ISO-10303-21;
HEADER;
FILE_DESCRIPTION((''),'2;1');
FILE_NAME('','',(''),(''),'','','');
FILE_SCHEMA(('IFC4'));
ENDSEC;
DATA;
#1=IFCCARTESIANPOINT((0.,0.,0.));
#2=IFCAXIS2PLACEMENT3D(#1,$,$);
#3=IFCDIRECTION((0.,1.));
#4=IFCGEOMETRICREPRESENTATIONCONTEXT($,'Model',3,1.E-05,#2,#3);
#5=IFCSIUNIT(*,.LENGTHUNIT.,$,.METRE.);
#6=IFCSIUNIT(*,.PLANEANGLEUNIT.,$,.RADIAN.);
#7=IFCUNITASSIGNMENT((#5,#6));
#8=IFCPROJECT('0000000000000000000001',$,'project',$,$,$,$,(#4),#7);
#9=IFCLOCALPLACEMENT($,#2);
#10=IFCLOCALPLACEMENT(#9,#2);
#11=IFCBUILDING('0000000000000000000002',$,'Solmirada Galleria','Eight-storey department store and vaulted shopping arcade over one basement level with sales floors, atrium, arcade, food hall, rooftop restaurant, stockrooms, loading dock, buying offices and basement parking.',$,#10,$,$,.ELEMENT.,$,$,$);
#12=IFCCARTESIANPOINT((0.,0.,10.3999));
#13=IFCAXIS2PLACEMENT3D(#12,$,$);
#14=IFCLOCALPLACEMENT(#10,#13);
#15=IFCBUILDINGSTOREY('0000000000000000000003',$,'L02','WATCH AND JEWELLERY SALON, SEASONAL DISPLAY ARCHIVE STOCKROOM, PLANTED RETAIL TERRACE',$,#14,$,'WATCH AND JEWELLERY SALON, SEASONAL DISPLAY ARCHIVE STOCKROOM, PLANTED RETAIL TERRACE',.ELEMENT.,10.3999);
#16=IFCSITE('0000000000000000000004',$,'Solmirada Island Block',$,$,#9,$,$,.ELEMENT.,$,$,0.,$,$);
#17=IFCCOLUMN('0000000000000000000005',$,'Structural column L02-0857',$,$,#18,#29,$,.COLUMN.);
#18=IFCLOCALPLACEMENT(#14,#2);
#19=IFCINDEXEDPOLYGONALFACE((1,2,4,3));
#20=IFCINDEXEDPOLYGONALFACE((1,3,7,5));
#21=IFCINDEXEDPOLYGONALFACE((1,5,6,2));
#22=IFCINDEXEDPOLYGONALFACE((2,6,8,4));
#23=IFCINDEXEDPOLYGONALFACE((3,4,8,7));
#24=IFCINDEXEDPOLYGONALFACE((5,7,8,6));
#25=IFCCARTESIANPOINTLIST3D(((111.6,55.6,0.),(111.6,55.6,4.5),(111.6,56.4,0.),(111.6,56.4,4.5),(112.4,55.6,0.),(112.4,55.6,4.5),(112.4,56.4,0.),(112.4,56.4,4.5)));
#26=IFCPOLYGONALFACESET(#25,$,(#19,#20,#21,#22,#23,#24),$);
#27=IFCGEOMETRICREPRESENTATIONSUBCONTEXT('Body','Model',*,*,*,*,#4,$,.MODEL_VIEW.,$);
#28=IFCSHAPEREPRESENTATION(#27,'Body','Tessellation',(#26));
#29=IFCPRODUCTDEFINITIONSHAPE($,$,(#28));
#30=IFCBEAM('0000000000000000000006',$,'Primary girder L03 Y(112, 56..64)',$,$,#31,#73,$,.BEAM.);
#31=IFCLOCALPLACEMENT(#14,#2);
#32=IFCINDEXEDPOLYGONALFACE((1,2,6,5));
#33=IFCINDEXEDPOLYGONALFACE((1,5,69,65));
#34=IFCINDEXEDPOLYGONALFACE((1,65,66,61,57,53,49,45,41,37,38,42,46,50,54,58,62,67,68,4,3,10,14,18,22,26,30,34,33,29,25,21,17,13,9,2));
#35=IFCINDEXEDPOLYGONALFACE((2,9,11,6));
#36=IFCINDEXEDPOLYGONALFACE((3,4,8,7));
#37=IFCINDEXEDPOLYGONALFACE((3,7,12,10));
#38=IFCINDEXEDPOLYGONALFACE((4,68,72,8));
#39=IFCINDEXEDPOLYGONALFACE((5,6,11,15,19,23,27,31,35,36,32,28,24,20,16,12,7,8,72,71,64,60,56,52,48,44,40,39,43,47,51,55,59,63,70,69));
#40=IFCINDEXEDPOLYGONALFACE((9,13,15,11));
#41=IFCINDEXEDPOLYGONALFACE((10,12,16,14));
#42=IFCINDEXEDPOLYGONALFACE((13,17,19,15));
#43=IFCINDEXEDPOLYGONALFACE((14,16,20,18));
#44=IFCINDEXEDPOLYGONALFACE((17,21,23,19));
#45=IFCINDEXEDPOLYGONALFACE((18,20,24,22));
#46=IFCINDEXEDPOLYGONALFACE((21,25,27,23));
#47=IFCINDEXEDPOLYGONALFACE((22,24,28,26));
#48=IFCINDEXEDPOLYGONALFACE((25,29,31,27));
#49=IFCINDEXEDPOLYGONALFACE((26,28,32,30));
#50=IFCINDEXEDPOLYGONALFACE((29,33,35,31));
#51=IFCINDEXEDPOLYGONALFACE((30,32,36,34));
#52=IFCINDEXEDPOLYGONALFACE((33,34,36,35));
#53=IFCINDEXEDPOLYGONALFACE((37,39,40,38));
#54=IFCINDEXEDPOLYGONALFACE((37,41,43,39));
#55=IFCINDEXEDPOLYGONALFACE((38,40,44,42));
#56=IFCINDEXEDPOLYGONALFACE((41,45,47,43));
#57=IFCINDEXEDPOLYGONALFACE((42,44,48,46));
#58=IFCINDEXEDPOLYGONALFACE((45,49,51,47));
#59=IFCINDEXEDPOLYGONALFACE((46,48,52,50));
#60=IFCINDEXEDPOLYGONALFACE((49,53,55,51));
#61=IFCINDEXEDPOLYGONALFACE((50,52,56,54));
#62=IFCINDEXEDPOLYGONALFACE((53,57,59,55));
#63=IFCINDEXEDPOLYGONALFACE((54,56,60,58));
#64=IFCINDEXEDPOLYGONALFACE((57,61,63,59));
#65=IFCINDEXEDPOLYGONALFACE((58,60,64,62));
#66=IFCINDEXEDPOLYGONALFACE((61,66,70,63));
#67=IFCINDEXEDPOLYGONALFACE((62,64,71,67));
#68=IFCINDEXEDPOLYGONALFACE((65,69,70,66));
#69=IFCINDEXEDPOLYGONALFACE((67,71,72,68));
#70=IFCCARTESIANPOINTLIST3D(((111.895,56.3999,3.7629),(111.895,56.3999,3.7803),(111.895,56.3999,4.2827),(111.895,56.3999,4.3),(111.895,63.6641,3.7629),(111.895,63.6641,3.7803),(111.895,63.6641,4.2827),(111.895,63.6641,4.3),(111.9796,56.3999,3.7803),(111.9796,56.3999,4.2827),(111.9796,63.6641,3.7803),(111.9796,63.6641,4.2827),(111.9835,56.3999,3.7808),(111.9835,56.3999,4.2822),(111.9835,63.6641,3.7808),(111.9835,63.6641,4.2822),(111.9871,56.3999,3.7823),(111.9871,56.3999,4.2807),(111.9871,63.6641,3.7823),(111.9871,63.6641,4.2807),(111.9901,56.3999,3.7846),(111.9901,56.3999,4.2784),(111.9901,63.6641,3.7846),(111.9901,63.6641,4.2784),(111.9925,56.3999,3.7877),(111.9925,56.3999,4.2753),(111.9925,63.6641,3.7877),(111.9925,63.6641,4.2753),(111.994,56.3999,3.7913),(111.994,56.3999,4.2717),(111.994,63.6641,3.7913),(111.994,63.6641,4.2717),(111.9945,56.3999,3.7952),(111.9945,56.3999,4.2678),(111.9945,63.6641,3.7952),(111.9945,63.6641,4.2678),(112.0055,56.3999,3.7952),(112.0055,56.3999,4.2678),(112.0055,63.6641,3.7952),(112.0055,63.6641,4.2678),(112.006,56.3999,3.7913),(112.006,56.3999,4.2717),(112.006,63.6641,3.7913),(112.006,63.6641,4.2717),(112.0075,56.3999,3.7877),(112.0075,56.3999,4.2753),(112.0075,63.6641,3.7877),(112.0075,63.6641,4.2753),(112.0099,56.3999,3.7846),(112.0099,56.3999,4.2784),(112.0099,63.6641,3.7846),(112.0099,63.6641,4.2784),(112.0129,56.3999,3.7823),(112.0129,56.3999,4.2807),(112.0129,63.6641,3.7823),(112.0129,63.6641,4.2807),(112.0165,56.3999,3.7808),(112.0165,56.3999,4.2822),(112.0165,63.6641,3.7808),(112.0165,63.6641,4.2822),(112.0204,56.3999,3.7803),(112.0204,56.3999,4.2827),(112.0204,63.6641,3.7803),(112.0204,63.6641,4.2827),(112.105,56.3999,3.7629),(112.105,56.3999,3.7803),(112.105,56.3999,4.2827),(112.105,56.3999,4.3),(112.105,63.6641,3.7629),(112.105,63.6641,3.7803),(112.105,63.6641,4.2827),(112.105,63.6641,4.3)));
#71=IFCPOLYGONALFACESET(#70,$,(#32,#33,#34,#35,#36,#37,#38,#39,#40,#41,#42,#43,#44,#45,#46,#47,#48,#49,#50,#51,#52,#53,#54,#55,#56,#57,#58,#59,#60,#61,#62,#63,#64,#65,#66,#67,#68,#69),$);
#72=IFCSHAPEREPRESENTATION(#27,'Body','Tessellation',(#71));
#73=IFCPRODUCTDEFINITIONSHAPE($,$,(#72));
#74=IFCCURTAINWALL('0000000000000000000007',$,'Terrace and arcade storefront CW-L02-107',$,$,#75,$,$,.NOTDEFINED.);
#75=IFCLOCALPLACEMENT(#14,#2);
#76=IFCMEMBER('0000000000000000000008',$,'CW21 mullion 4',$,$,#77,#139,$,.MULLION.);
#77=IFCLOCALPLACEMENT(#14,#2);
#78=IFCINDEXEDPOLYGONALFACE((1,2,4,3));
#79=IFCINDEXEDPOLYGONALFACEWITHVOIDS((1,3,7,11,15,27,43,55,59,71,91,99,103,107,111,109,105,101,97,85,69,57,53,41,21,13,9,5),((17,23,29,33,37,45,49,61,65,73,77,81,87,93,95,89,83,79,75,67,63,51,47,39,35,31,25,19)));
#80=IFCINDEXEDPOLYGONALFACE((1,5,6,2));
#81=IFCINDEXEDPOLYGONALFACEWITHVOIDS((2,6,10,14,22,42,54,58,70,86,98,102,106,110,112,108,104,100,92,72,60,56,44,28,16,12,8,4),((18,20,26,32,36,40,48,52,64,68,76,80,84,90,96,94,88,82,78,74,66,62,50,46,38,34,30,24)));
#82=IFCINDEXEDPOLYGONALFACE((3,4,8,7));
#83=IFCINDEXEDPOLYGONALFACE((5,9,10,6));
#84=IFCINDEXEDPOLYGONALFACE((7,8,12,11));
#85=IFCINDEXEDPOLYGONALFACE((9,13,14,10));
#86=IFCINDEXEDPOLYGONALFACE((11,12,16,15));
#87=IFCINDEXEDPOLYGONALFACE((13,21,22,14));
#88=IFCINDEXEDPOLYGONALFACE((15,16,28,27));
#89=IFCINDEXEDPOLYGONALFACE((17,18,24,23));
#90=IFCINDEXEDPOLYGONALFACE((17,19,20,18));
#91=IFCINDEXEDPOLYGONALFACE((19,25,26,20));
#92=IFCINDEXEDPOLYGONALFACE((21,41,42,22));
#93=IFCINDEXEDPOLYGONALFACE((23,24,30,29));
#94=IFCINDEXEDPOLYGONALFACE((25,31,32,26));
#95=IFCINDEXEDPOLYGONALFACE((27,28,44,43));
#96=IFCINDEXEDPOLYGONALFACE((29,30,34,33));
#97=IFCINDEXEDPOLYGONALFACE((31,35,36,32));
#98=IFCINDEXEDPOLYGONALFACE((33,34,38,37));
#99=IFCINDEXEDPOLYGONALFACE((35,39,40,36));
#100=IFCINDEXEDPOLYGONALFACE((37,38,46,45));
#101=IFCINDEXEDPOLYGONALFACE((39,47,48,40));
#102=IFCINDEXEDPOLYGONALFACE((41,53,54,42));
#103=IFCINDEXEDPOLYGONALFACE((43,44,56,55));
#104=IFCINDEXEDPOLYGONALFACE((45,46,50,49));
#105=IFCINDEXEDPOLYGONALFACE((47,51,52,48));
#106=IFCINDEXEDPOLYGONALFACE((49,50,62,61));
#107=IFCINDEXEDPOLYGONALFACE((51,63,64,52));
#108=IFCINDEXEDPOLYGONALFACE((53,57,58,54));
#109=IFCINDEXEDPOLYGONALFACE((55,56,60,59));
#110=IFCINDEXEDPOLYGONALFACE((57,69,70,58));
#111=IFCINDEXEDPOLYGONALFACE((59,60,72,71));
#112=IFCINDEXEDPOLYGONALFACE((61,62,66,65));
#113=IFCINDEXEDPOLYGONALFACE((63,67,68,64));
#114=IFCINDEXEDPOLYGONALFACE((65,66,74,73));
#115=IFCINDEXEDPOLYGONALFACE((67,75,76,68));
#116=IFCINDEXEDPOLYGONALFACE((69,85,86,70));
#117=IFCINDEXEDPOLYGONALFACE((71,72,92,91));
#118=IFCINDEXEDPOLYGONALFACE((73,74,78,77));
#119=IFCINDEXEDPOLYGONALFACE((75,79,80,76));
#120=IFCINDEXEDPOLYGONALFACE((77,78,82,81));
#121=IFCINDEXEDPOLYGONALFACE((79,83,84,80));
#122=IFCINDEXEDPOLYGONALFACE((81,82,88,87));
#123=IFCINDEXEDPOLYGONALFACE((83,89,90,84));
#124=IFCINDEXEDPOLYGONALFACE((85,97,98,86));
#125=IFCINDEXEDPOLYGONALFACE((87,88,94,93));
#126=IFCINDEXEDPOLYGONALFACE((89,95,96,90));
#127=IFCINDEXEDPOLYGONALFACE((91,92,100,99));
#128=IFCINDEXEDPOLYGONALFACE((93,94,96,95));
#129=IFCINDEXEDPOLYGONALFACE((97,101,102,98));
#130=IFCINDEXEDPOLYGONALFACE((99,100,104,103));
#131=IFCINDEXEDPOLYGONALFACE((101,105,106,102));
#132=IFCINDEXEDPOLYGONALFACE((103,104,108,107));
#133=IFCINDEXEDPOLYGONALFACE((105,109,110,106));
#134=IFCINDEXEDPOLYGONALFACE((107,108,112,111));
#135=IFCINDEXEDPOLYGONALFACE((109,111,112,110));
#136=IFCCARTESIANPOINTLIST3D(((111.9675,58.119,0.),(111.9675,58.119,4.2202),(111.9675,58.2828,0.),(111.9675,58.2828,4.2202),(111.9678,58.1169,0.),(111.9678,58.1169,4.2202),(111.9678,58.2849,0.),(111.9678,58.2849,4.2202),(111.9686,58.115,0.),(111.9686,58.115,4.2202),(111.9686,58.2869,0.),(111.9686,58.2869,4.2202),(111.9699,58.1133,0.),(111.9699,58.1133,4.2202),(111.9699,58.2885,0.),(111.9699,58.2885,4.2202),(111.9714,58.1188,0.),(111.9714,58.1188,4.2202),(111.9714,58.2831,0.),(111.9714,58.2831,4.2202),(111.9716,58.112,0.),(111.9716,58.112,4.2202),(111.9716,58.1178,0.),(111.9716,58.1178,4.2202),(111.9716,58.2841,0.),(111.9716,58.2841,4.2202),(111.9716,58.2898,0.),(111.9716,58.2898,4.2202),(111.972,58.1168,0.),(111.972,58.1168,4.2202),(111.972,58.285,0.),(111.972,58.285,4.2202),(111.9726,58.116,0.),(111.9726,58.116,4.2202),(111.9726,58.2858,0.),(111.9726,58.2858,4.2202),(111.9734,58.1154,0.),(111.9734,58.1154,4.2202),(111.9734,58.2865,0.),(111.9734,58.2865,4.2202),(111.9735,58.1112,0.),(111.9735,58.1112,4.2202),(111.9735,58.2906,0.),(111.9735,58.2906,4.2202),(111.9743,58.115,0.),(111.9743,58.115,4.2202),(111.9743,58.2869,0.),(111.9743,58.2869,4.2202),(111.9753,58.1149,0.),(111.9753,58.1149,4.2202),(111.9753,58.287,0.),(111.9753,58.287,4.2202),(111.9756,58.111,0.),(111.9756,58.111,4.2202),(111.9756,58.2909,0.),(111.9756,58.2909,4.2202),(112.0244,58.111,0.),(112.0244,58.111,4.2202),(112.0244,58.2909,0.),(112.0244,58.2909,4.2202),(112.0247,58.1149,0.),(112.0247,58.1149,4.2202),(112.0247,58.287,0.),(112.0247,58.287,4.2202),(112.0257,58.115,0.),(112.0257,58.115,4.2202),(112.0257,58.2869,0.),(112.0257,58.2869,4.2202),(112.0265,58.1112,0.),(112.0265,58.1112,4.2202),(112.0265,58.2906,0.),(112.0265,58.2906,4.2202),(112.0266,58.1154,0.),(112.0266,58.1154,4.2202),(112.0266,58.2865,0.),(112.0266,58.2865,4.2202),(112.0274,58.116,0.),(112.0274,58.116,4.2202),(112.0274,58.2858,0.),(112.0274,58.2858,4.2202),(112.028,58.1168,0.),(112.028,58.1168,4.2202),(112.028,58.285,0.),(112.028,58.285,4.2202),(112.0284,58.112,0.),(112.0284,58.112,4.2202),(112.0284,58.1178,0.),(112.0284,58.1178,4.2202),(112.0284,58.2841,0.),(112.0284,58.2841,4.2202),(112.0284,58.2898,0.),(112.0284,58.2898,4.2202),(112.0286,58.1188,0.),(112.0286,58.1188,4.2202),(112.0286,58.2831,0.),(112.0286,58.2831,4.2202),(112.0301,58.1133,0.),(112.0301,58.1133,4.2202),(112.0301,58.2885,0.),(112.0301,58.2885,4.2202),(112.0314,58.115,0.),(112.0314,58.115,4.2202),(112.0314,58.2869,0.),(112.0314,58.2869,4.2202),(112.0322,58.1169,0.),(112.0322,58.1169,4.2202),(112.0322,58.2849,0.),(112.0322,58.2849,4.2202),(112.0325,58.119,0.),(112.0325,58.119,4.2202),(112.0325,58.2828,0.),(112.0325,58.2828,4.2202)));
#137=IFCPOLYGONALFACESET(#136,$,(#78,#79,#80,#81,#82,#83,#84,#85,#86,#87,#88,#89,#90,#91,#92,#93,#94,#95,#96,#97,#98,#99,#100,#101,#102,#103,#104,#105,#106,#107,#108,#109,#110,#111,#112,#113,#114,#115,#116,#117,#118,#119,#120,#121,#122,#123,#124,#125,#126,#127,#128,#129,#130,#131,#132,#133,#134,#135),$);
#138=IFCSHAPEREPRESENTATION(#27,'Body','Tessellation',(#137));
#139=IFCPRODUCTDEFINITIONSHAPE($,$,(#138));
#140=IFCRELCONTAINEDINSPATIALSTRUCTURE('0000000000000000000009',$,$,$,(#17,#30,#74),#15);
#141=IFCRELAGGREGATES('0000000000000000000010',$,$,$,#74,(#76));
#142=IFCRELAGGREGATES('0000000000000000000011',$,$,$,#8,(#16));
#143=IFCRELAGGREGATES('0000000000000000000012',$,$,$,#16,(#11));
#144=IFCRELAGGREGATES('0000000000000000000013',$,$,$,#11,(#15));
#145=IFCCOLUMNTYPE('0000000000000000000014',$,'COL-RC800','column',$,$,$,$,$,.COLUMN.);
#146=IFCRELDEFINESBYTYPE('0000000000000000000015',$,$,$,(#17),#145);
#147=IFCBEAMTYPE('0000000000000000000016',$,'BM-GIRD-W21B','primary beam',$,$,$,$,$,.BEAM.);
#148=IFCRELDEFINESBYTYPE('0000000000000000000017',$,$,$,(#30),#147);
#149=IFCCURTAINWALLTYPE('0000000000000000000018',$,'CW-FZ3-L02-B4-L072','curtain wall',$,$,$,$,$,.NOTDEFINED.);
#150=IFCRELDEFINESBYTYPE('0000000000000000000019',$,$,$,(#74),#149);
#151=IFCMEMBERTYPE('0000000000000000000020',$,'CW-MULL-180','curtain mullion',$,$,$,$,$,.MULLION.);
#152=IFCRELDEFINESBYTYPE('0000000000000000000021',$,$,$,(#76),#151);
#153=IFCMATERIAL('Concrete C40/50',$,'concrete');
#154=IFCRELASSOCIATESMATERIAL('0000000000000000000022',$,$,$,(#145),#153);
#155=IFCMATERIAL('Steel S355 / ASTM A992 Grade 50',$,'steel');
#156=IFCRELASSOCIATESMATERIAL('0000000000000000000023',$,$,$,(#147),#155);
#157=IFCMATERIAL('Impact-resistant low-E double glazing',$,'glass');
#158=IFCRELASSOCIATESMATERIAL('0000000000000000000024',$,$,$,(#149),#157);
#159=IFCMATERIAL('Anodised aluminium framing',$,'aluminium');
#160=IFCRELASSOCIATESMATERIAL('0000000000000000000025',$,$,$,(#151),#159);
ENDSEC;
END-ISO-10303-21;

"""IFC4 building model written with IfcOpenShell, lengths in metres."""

from ifc_helpers import new_model, si_unit, direction, frame, origin, origin_2d, place, context, subcontext, project, spatial, rectangle, hollow_rectangle, i_section, extrude, material, material_profile, profile_set, type_object, element, aggregate, save


model = new_model("IFC4")

# Units and contexts
model_context = context("Model", 3, precision=1e-05, world=origin(), true_north=direction((0.0, 1.0)))
body_context = subcontext(model_context, "Body", "Model", "MODEL_VIEW")
ifc_project = project(units=[si_unit("LENGTHUNIT", "METRE"), si_unit("PLANEANGLEUNIT", "RADIAN")], contexts=[model_context])

# Site, building, storey
site_placement = place(None, origin())
site = spatial("IfcSite", under=ifc_project, at=site_placement, Name="Solmirada Island Block", CompositionType="ELEMENT", RefElevation=0.0)
building_placement = place(site_placement, origin())
building = spatial("IfcBuilding", under=site, at=building_placement, Name="Solmirada Galleria", Description="Eight-storey department store and vaulted shopping arcade over one basement level with sales floors, atrium, arcade, food hall, rooftop restaurant, stockrooms, loading dock, buying offices and basement parking.", CompositionType="ELEMENT")
storey_placement = place(building_placement, frame((0.0, 0.0, 10.3999)))
storey = spatial("IfcBuildingStorey", under=building, at=storey_placement, Name="L02", Description="WATCH AND JEWELLERY SALON, SEASONAL DISPLAY ARCHIVE STOCKROOM, PLANTED RETAIL TERRACE", LongName="WATCH AND JEWELLERY SALON, SEASONAL DISPLAY ARCHIVE STOCKROOM, PLANTED RETAIL TERRACE", CompositionType="ELEMENT", Elevation=10.3999)

# Column
ifc_material_1 = material(Name="Concrete C40/50", Category="concrete")
ifc_material_profile_1 = material_profile(ifc_material_1, rectangle(XDim=0.8, YDim=0.8, at=origin_2d()), Name="RC800X800")
ifc_profile_set_1 = profile_set([ifc_material_profile_1], Name="Concrete C40/50")
column_type = type_object("IfcColumnType", Name="COL-RC800", Description="column", PredefinedType="COLUMN", material=ifc_profile_set_1)
column_placement = place(storey_placement, frame((112.0, 56.0, 0.0), z_axis=(0.0, 0.0, 1.0), x_axis=(1.0, 0.0, 0.0)))
element("IfcColumn", 1, at=column_placement, inside=storey, type_object=column_type, Name="Structural column L02-0857", PredefinedType="COLUMN", context=body_context, shape_type="SweptSolid", body=[
    extrude(rectangle(XDim=0.8, YDim=0.8, at=origin_2d()), origin(), (0.0, 0.0, 1.0), 4.5),
])

# Beam
ifc_material_2 = material(Name="Steel S355 / ASTM A992 Grade 50", Category="steel")
ifc_material_profile_2 = material_profile(ifc_material_2, i_section(OverallWidth=0.21, OverallDepth=0.5371, WebThickness=0.011, FlangeThickness=0.0173, FilletRadius=0.0149, at=origin_2d()), Name="W21X68")
ifc_profile_set_2 = profile_set([ifc_material_profile_2], Name="Steel S355 / ASTM A992 Grade 50")
beam_type = type_object("IfcBeamType", Name="BM-GIRD-W21B", Description="primary beam", PredefinedType="BEAM", material=ifc_profile_set_2)
beam_placement = place(storey_placement, frame((112.0, 56.3999, 4.0315), z_axis=(0.0, 1.0, 0.0), x_axis=(-1.0, 0.0, 0.0)))
element("IfcBeam", 2, at=beam_placement, inside=storey, type_object=beam_type, Name="Primary girder L03 Y(112, 56..64)", PredefinedType="BEAM", context=body_context, shape_type="SweptSolid", body=[
    extrude(i_section(OverallWidth=0.21, OverallDepth=0.5371, WebThickness=0.011, FlangeThickness=0.0173, FilletRadius=0.0149, at=origin_2d()), origin(), (0.0, 0.0, 1.0), 7.2642),
])

# Curtain wall, member
ifc_material_3 = material(Name="Impact-resistant low-E double glazing", Category="glass")
curtain_wall_type = type_object("IfcCurtainWallType", Name="CW-FZ3-L02-B4-L072", Description="curtain wall", PredefinedType="NOTDEFINED", material=ifc_material_3)
curtain_wall_1_placement = place(storey_placement, origin())
curtain_wall_1 = element("IfcCurtainWall", 3, at=curtain_wall_1_placement, inside=storey, type_object=curtain_wall_type, Name="Terrace and arcade storefront CW-L02-107", PredefinedType="NOTDEFINED")
ifc_material_4 = material(Name="Anodised aluminium framing", Category="aluminium")
ifc_material_profile_3 = material_profile(ifc_material_4, hollow_rectangle(XDim=0.0649, YDim=0.1799, WallThickness=0.0039, InnerFilletRadius=0.0039, OuterFilletRadius=0.0081, at=origin_2d()), Name="ALU-MULL-180X65")
ifc_profile_set_3 = profile_set([ifc_material_profile_3], Name="Anodised aluminium framing")
member_type_1 = type_object("IfcMemberType", Name="CW-MULL-180", Description="curtain mullion", PredefinedType="MULLION", material=ifc_profile_set_3)
member_1_placement = place(storey_placement, frame((112.0, 58.2009, 0.0), z_axis=(0.0, 0.0, 1.0), x_axis=(1.0, 0.0, 0.0)))
member_1 = element("IfcMember", 4, at=member_1_placement, type_object=member_type_1, Name="CW21 mullion 4", PredefinedType="MULLION", context=body_context, shape_type="SweptSolid", body=[
    extrude(hollow_rectangle(XDim=0.0649, YDim=0.1799, WallThickness=0.0039, InnerFilletRadius=0.0039, OuterFilletRadius=0.0081, at=origin_2d()), origin(), (0.0, 0.0, 1.0), 4.2202),
])

aggregate(curtain_wall_1, [member_1])

save(model, "model.ifc")
